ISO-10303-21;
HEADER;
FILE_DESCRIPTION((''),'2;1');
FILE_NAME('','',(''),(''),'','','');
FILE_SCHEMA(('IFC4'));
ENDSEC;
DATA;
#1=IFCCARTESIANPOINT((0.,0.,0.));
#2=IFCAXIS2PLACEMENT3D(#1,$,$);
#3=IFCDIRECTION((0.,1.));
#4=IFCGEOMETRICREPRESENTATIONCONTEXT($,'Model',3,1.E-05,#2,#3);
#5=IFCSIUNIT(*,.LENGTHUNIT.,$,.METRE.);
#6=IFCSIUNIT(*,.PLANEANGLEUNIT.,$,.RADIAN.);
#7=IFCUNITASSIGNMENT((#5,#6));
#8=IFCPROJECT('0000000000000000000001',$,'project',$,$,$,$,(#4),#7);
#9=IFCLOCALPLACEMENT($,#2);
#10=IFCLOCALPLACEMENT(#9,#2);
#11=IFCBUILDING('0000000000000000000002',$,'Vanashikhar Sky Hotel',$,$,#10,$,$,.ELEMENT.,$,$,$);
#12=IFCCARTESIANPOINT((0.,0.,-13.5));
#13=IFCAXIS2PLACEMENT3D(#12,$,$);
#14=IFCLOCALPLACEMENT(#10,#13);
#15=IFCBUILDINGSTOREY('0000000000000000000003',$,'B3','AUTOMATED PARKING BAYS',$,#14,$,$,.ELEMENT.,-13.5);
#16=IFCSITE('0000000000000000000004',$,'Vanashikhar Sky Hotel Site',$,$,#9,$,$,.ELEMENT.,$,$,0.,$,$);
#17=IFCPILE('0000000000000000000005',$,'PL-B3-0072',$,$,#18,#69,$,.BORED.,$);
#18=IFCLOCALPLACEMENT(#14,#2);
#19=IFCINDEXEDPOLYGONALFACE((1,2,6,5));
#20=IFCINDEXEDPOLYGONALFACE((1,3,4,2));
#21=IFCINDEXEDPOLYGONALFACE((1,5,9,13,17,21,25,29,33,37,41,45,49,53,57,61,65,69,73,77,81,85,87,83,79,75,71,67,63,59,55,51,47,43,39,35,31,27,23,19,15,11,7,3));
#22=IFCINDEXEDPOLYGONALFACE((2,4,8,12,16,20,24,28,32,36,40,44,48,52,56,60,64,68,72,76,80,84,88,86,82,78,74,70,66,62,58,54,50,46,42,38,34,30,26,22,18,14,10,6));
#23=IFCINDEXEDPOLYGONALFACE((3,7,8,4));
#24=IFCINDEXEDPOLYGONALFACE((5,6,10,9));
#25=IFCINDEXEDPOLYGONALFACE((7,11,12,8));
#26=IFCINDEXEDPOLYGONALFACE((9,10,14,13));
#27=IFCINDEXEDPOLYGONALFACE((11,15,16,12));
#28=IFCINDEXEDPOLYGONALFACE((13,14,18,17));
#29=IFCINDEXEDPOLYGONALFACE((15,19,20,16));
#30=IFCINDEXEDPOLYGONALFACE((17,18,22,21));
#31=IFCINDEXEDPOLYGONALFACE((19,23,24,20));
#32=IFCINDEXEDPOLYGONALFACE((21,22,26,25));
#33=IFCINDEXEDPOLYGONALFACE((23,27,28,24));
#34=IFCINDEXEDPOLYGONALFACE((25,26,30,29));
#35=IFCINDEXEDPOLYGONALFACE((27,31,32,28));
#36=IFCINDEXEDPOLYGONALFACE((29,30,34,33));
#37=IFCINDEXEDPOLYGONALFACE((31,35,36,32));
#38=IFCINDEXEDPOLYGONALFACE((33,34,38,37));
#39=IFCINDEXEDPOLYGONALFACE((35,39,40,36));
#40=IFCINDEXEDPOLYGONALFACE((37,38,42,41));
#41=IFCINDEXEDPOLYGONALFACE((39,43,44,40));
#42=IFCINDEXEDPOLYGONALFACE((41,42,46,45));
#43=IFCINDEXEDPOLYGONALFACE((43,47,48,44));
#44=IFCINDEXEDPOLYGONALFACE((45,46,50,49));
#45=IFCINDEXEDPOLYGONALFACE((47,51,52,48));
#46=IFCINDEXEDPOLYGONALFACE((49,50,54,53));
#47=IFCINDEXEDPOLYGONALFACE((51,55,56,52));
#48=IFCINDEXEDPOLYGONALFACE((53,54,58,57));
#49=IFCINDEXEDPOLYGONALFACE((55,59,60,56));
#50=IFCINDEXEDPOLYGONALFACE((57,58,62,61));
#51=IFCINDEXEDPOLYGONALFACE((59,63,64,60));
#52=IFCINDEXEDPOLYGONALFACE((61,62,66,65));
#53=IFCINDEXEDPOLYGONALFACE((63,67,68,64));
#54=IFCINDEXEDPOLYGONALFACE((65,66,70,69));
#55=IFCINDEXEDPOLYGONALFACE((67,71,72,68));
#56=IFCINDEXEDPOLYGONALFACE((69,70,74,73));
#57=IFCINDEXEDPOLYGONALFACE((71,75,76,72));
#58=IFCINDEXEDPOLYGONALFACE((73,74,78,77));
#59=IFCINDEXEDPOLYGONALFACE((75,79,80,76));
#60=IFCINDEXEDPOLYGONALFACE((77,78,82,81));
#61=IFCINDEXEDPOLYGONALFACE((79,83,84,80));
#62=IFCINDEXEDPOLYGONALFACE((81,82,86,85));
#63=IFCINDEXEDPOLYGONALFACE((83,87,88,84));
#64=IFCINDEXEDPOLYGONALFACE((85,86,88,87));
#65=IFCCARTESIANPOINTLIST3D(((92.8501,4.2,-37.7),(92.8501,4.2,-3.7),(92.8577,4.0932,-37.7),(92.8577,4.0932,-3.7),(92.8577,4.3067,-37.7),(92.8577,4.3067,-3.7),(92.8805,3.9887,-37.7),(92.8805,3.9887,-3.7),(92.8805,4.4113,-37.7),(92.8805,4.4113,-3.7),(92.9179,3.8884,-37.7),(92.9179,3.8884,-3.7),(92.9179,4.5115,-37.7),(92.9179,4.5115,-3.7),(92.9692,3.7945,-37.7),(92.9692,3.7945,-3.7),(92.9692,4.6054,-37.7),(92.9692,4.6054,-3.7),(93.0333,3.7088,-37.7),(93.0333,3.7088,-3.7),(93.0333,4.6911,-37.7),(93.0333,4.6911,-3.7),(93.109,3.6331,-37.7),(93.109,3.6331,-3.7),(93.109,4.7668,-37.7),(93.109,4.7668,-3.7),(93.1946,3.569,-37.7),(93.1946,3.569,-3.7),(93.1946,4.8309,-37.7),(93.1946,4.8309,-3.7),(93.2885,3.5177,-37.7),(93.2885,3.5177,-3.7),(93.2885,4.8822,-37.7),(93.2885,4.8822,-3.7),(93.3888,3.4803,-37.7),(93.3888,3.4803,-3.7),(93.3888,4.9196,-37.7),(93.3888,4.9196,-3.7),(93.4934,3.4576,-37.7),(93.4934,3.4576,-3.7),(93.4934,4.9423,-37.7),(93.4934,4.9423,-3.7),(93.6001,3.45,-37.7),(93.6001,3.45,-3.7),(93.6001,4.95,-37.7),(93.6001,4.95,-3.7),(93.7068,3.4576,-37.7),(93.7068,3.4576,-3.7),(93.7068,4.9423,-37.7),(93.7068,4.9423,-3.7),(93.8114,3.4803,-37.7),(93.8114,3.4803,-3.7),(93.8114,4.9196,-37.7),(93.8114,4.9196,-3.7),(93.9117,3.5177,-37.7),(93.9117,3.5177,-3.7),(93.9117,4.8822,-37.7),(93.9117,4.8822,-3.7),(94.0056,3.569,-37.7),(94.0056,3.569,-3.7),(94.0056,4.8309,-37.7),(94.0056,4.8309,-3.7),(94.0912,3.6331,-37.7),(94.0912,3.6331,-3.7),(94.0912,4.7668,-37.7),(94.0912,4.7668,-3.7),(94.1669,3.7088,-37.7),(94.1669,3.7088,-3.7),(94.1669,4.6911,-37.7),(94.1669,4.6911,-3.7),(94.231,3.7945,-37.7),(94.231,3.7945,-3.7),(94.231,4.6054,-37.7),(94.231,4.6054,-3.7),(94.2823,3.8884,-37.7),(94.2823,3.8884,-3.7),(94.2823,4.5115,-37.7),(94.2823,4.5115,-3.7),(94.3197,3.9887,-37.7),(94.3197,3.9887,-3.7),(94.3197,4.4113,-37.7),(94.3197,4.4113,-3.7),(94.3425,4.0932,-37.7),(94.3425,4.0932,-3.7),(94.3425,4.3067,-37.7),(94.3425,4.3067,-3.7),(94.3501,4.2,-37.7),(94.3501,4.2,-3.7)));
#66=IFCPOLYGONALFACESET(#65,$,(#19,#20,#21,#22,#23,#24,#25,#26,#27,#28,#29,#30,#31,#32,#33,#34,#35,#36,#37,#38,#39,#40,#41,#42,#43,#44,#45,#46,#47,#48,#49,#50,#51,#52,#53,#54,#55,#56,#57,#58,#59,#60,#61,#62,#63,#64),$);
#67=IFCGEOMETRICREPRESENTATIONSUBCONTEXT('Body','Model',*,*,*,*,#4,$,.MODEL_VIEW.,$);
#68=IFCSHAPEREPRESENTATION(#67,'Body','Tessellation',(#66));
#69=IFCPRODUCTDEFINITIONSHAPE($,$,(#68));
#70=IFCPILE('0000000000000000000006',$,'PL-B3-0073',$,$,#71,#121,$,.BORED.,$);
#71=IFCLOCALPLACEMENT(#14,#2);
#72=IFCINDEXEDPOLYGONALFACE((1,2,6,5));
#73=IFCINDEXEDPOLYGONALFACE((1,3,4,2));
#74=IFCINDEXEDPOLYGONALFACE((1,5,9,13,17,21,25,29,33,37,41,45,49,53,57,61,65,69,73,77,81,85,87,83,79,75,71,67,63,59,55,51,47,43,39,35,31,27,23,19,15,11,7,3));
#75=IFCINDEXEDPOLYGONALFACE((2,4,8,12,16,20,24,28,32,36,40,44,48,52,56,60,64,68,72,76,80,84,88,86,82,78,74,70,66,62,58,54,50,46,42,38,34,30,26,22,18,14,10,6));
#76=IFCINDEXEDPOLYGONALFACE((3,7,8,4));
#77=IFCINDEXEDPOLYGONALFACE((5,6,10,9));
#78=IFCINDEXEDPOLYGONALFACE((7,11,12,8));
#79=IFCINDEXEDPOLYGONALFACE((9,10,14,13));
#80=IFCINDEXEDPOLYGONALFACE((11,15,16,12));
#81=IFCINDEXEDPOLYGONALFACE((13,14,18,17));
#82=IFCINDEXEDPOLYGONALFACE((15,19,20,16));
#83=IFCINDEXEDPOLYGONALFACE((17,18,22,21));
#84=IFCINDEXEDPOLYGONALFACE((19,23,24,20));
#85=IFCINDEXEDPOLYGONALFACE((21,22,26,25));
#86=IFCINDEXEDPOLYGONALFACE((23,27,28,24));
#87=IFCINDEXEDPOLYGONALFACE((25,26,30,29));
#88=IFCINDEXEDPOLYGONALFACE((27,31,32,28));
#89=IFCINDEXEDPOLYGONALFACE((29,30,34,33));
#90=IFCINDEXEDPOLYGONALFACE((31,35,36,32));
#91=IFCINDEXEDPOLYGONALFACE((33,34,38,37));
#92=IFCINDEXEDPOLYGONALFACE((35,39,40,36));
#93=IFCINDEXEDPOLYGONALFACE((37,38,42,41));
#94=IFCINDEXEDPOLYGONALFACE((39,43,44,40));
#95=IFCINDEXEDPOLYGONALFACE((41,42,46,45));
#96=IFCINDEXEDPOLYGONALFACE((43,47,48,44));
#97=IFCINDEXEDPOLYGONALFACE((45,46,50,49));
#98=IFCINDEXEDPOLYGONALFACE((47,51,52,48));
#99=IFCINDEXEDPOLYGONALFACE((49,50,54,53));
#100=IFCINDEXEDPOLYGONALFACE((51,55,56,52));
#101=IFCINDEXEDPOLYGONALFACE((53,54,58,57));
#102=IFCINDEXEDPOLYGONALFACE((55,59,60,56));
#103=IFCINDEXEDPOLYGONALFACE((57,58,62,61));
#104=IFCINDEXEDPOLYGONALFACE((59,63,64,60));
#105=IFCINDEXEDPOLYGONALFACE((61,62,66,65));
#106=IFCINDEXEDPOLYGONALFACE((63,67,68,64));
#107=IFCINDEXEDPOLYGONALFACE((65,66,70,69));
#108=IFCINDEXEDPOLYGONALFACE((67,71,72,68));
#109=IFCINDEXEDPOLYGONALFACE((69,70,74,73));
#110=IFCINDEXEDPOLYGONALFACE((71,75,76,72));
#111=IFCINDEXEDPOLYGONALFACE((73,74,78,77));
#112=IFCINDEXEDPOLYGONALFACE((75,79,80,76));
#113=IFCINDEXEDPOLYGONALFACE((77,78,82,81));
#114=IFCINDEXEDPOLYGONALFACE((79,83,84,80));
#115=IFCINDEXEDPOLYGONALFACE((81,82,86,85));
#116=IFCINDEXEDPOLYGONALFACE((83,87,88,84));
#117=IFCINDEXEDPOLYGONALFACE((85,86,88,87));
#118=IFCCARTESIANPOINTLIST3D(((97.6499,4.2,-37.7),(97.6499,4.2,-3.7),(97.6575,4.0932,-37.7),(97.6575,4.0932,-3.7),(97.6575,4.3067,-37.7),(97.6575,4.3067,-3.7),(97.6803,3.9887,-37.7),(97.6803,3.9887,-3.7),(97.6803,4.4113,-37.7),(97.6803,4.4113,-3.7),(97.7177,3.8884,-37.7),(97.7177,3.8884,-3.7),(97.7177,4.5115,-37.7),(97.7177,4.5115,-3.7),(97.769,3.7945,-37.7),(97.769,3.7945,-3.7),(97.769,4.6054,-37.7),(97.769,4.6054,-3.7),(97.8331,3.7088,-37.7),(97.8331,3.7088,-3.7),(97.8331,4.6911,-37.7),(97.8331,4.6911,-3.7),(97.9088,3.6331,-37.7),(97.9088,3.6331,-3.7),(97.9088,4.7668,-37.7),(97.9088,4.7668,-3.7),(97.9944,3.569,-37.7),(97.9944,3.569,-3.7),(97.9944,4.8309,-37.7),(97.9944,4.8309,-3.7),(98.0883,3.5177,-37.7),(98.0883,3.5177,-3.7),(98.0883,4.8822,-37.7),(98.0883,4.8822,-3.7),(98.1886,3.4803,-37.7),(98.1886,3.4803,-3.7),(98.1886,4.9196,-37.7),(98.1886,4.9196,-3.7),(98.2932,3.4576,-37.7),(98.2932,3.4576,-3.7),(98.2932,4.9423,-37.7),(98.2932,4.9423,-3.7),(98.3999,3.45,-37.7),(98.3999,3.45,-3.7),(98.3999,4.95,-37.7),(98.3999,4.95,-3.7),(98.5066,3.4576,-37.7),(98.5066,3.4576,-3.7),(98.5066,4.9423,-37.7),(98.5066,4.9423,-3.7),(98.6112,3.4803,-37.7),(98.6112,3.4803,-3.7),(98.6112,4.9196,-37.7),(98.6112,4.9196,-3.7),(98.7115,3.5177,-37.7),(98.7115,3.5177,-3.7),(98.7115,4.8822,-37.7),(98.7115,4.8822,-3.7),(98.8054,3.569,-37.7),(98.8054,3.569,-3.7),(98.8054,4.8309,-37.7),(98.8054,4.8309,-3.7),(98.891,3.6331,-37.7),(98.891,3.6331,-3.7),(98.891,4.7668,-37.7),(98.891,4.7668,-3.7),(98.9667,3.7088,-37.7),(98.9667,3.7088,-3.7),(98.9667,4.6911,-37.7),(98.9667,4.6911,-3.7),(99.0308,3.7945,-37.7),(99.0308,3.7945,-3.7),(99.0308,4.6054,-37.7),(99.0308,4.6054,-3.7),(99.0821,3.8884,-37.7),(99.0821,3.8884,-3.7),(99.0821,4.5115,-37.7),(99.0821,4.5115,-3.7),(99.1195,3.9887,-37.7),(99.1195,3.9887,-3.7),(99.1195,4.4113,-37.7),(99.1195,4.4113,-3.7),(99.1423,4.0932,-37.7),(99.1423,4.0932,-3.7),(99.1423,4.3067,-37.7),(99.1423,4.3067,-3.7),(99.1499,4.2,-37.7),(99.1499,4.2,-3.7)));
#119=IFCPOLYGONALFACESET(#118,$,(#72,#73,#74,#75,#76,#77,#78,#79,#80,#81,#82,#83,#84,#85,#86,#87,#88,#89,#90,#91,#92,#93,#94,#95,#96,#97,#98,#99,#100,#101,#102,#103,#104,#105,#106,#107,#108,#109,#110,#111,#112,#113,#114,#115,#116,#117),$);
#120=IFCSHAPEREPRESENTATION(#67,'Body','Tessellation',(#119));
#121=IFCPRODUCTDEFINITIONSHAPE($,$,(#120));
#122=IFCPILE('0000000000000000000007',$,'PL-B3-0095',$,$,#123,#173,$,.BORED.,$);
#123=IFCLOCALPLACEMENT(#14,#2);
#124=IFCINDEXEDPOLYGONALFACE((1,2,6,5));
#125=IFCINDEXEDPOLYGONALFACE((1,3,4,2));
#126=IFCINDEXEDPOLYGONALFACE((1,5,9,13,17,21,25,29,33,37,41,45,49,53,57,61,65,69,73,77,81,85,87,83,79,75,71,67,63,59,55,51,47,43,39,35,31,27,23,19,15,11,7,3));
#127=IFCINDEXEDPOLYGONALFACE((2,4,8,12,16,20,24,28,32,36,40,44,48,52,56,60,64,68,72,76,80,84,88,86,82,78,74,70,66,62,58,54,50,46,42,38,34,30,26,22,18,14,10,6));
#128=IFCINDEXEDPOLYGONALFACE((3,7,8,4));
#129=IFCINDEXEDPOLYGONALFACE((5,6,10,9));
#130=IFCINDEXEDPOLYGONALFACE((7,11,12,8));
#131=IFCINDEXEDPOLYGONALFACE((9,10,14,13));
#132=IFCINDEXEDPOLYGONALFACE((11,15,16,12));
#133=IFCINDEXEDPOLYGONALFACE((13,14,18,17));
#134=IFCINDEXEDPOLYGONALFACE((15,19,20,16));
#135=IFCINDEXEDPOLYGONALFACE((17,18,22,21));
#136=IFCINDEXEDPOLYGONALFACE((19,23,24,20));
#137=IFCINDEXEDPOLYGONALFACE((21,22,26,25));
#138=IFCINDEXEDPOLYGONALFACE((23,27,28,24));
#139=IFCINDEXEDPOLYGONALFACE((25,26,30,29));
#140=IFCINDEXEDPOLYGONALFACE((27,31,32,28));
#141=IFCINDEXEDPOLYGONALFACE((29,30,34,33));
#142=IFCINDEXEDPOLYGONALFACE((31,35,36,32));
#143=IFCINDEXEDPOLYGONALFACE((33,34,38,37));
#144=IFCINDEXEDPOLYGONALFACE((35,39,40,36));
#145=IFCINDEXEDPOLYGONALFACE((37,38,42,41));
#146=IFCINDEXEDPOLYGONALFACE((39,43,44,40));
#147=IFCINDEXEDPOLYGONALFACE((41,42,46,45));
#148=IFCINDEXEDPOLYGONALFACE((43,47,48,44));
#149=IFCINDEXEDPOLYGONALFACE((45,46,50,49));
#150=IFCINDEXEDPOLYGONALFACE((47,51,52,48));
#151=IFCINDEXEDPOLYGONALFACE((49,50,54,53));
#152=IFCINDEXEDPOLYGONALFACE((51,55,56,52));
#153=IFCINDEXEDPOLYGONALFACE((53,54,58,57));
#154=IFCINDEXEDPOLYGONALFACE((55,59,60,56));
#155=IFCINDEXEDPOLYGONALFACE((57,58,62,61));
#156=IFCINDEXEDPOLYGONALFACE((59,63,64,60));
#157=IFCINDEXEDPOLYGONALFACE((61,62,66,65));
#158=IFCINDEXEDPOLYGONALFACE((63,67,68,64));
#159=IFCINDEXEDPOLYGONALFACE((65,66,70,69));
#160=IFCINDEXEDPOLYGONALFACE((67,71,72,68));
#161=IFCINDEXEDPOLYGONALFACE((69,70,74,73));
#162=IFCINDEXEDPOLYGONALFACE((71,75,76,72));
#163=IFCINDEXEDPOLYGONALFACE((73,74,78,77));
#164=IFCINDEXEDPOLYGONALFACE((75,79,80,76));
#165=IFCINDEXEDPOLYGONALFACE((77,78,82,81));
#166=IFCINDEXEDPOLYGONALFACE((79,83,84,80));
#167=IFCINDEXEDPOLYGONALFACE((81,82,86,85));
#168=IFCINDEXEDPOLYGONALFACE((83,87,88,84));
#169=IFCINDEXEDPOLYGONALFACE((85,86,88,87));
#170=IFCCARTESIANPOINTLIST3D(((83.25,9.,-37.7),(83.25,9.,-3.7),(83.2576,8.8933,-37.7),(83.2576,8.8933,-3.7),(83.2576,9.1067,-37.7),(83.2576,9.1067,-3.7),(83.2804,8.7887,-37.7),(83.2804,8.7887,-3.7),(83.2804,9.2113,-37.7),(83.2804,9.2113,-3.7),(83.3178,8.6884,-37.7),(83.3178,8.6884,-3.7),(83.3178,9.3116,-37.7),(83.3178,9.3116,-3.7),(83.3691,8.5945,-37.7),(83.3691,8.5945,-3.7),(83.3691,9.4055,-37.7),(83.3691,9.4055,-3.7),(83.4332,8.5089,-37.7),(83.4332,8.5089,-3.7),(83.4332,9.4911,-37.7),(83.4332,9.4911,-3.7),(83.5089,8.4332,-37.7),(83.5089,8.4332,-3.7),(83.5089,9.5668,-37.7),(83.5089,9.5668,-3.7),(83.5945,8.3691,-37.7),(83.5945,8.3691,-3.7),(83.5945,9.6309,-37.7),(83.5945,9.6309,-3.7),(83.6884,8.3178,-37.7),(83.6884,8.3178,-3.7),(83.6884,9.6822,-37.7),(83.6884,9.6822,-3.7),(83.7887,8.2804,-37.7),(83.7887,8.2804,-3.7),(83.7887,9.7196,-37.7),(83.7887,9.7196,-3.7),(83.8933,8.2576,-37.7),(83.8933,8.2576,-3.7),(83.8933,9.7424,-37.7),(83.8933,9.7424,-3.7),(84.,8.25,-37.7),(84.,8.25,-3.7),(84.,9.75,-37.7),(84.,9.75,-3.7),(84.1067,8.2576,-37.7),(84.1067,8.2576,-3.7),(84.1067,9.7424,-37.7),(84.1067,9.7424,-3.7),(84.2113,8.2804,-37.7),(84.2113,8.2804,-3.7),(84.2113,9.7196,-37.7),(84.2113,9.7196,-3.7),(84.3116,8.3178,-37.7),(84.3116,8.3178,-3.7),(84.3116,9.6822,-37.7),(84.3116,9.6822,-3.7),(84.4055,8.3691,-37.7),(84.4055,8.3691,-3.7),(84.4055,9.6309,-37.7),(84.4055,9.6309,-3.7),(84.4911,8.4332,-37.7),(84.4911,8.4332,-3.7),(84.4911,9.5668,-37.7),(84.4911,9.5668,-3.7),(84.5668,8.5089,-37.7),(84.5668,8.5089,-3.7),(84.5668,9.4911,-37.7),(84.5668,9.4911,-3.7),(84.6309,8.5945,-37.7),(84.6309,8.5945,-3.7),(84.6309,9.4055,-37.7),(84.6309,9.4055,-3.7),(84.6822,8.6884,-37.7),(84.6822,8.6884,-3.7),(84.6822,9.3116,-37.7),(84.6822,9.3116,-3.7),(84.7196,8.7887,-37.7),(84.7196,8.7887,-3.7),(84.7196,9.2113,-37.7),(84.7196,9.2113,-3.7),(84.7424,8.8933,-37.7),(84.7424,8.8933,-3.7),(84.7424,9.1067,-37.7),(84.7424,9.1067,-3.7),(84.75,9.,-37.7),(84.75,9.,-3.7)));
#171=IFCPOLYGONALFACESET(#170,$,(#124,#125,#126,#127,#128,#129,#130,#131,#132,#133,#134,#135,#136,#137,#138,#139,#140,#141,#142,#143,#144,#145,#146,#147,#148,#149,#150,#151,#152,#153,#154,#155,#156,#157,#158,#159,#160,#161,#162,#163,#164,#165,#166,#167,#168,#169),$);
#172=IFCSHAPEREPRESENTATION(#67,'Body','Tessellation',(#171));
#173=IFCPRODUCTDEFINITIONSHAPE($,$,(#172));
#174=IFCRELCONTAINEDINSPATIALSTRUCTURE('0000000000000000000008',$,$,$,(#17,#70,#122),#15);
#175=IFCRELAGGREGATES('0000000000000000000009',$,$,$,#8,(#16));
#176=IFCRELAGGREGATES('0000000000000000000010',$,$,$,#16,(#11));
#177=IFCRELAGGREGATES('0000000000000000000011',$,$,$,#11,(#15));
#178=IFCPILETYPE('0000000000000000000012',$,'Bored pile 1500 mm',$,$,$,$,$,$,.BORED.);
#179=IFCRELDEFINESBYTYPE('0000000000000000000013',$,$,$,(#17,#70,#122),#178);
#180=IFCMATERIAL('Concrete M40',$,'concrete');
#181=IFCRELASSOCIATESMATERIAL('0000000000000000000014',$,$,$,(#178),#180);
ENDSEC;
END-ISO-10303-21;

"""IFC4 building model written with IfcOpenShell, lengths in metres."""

from ifc_helpers import new_model, si_unit, direction, frame, origin, origin_2d, place, context, subcontext, project, spatial, circle, extrude, source, transform, mapped, material, type_object, element, save


model = new_model("IFC4")

# Units and contexts
model_context = context("Model", 3, precision=1e-05, world=origin(), true_north=direction((0.0, 1.0)))
body_context = subcontext(model_context, "Body", "Model", "MODEL_VIEW")
ifc_project = project(units=[si_unit("LENGTHUNIT", "METRE"), si_unit("PLANEANGLEUNIT", "RADIAN")], contexts=[model_context])

# Site, building, storey
site_placement = place(None, origin())
site = spatial("IfcSite", under=ifc_project, at=site_placement, Name="Vanashikhar Sky Hotel Site", CompositionType="ELEMENT", RefElevation=0.0)
building_placement = place(site_placement, origin())
building = spatial("IfcBuilding", under=site, at=building_placement, Name="Vanashikhar Sky Hotel", CompositionType="ELEMENT")
storey_placement = place(building_placement, frame((0.0, 0.0, -13.5)))
storey = spatial("IfcBuildingStorey", under=building, at=storey_placement, Name="B3", Description="AUTOMATED PARKING BAYS", CompositionType="ELEMENT", Elevation=-13.5)

# Piles
ifc_material_1 = material(Name="Concrete M40", Category="concrete")
pile_type = type_object("IfcPileType", Name="Bored pile 1500 mm", PredefinedType="BORED", material=ifc_material_1)
shared_shape_1 = source(origin(), body_context, "Body", "SweptSolid", [
    extrude(circle(Radius=0.75, at=origin_2d()), origin(), (0.0, 0.0, 1.0), 34.0),
])
for number, where, z_axis, x_axis, name in (
    (1, (93.6001, 4.2, -3.7), (0.0, 0.0, -1.0), (1.0, 0.0, 0.0), "PL-B3-0072"),
    (2, (98.3999, 4.2, -3.7), (0.0, 0.0, -1.0), (1.0, 0.0, 0.0), "PL-B3-0073"),
    (3, (84.0, 9.0, -3.7), (0.0, 0.0, -1.0), (1.0, 0.0, 0.0), "PL-B3-0095"),
):
    element("IfcPile", number, at=place(storey_placement, frame(where, z_axis=z_axis, x_axis=x_axis)), inside=storey, type_object=pile_type, Name=name, PredefinedType="BORED", context=body_context, shape_type="MappedRepresentation", body=[
        mapped(shared_shape_1, transform((0.0, 0.0, 0.0), scale=1.0)),
    ])

save(model, "model.ifc")
